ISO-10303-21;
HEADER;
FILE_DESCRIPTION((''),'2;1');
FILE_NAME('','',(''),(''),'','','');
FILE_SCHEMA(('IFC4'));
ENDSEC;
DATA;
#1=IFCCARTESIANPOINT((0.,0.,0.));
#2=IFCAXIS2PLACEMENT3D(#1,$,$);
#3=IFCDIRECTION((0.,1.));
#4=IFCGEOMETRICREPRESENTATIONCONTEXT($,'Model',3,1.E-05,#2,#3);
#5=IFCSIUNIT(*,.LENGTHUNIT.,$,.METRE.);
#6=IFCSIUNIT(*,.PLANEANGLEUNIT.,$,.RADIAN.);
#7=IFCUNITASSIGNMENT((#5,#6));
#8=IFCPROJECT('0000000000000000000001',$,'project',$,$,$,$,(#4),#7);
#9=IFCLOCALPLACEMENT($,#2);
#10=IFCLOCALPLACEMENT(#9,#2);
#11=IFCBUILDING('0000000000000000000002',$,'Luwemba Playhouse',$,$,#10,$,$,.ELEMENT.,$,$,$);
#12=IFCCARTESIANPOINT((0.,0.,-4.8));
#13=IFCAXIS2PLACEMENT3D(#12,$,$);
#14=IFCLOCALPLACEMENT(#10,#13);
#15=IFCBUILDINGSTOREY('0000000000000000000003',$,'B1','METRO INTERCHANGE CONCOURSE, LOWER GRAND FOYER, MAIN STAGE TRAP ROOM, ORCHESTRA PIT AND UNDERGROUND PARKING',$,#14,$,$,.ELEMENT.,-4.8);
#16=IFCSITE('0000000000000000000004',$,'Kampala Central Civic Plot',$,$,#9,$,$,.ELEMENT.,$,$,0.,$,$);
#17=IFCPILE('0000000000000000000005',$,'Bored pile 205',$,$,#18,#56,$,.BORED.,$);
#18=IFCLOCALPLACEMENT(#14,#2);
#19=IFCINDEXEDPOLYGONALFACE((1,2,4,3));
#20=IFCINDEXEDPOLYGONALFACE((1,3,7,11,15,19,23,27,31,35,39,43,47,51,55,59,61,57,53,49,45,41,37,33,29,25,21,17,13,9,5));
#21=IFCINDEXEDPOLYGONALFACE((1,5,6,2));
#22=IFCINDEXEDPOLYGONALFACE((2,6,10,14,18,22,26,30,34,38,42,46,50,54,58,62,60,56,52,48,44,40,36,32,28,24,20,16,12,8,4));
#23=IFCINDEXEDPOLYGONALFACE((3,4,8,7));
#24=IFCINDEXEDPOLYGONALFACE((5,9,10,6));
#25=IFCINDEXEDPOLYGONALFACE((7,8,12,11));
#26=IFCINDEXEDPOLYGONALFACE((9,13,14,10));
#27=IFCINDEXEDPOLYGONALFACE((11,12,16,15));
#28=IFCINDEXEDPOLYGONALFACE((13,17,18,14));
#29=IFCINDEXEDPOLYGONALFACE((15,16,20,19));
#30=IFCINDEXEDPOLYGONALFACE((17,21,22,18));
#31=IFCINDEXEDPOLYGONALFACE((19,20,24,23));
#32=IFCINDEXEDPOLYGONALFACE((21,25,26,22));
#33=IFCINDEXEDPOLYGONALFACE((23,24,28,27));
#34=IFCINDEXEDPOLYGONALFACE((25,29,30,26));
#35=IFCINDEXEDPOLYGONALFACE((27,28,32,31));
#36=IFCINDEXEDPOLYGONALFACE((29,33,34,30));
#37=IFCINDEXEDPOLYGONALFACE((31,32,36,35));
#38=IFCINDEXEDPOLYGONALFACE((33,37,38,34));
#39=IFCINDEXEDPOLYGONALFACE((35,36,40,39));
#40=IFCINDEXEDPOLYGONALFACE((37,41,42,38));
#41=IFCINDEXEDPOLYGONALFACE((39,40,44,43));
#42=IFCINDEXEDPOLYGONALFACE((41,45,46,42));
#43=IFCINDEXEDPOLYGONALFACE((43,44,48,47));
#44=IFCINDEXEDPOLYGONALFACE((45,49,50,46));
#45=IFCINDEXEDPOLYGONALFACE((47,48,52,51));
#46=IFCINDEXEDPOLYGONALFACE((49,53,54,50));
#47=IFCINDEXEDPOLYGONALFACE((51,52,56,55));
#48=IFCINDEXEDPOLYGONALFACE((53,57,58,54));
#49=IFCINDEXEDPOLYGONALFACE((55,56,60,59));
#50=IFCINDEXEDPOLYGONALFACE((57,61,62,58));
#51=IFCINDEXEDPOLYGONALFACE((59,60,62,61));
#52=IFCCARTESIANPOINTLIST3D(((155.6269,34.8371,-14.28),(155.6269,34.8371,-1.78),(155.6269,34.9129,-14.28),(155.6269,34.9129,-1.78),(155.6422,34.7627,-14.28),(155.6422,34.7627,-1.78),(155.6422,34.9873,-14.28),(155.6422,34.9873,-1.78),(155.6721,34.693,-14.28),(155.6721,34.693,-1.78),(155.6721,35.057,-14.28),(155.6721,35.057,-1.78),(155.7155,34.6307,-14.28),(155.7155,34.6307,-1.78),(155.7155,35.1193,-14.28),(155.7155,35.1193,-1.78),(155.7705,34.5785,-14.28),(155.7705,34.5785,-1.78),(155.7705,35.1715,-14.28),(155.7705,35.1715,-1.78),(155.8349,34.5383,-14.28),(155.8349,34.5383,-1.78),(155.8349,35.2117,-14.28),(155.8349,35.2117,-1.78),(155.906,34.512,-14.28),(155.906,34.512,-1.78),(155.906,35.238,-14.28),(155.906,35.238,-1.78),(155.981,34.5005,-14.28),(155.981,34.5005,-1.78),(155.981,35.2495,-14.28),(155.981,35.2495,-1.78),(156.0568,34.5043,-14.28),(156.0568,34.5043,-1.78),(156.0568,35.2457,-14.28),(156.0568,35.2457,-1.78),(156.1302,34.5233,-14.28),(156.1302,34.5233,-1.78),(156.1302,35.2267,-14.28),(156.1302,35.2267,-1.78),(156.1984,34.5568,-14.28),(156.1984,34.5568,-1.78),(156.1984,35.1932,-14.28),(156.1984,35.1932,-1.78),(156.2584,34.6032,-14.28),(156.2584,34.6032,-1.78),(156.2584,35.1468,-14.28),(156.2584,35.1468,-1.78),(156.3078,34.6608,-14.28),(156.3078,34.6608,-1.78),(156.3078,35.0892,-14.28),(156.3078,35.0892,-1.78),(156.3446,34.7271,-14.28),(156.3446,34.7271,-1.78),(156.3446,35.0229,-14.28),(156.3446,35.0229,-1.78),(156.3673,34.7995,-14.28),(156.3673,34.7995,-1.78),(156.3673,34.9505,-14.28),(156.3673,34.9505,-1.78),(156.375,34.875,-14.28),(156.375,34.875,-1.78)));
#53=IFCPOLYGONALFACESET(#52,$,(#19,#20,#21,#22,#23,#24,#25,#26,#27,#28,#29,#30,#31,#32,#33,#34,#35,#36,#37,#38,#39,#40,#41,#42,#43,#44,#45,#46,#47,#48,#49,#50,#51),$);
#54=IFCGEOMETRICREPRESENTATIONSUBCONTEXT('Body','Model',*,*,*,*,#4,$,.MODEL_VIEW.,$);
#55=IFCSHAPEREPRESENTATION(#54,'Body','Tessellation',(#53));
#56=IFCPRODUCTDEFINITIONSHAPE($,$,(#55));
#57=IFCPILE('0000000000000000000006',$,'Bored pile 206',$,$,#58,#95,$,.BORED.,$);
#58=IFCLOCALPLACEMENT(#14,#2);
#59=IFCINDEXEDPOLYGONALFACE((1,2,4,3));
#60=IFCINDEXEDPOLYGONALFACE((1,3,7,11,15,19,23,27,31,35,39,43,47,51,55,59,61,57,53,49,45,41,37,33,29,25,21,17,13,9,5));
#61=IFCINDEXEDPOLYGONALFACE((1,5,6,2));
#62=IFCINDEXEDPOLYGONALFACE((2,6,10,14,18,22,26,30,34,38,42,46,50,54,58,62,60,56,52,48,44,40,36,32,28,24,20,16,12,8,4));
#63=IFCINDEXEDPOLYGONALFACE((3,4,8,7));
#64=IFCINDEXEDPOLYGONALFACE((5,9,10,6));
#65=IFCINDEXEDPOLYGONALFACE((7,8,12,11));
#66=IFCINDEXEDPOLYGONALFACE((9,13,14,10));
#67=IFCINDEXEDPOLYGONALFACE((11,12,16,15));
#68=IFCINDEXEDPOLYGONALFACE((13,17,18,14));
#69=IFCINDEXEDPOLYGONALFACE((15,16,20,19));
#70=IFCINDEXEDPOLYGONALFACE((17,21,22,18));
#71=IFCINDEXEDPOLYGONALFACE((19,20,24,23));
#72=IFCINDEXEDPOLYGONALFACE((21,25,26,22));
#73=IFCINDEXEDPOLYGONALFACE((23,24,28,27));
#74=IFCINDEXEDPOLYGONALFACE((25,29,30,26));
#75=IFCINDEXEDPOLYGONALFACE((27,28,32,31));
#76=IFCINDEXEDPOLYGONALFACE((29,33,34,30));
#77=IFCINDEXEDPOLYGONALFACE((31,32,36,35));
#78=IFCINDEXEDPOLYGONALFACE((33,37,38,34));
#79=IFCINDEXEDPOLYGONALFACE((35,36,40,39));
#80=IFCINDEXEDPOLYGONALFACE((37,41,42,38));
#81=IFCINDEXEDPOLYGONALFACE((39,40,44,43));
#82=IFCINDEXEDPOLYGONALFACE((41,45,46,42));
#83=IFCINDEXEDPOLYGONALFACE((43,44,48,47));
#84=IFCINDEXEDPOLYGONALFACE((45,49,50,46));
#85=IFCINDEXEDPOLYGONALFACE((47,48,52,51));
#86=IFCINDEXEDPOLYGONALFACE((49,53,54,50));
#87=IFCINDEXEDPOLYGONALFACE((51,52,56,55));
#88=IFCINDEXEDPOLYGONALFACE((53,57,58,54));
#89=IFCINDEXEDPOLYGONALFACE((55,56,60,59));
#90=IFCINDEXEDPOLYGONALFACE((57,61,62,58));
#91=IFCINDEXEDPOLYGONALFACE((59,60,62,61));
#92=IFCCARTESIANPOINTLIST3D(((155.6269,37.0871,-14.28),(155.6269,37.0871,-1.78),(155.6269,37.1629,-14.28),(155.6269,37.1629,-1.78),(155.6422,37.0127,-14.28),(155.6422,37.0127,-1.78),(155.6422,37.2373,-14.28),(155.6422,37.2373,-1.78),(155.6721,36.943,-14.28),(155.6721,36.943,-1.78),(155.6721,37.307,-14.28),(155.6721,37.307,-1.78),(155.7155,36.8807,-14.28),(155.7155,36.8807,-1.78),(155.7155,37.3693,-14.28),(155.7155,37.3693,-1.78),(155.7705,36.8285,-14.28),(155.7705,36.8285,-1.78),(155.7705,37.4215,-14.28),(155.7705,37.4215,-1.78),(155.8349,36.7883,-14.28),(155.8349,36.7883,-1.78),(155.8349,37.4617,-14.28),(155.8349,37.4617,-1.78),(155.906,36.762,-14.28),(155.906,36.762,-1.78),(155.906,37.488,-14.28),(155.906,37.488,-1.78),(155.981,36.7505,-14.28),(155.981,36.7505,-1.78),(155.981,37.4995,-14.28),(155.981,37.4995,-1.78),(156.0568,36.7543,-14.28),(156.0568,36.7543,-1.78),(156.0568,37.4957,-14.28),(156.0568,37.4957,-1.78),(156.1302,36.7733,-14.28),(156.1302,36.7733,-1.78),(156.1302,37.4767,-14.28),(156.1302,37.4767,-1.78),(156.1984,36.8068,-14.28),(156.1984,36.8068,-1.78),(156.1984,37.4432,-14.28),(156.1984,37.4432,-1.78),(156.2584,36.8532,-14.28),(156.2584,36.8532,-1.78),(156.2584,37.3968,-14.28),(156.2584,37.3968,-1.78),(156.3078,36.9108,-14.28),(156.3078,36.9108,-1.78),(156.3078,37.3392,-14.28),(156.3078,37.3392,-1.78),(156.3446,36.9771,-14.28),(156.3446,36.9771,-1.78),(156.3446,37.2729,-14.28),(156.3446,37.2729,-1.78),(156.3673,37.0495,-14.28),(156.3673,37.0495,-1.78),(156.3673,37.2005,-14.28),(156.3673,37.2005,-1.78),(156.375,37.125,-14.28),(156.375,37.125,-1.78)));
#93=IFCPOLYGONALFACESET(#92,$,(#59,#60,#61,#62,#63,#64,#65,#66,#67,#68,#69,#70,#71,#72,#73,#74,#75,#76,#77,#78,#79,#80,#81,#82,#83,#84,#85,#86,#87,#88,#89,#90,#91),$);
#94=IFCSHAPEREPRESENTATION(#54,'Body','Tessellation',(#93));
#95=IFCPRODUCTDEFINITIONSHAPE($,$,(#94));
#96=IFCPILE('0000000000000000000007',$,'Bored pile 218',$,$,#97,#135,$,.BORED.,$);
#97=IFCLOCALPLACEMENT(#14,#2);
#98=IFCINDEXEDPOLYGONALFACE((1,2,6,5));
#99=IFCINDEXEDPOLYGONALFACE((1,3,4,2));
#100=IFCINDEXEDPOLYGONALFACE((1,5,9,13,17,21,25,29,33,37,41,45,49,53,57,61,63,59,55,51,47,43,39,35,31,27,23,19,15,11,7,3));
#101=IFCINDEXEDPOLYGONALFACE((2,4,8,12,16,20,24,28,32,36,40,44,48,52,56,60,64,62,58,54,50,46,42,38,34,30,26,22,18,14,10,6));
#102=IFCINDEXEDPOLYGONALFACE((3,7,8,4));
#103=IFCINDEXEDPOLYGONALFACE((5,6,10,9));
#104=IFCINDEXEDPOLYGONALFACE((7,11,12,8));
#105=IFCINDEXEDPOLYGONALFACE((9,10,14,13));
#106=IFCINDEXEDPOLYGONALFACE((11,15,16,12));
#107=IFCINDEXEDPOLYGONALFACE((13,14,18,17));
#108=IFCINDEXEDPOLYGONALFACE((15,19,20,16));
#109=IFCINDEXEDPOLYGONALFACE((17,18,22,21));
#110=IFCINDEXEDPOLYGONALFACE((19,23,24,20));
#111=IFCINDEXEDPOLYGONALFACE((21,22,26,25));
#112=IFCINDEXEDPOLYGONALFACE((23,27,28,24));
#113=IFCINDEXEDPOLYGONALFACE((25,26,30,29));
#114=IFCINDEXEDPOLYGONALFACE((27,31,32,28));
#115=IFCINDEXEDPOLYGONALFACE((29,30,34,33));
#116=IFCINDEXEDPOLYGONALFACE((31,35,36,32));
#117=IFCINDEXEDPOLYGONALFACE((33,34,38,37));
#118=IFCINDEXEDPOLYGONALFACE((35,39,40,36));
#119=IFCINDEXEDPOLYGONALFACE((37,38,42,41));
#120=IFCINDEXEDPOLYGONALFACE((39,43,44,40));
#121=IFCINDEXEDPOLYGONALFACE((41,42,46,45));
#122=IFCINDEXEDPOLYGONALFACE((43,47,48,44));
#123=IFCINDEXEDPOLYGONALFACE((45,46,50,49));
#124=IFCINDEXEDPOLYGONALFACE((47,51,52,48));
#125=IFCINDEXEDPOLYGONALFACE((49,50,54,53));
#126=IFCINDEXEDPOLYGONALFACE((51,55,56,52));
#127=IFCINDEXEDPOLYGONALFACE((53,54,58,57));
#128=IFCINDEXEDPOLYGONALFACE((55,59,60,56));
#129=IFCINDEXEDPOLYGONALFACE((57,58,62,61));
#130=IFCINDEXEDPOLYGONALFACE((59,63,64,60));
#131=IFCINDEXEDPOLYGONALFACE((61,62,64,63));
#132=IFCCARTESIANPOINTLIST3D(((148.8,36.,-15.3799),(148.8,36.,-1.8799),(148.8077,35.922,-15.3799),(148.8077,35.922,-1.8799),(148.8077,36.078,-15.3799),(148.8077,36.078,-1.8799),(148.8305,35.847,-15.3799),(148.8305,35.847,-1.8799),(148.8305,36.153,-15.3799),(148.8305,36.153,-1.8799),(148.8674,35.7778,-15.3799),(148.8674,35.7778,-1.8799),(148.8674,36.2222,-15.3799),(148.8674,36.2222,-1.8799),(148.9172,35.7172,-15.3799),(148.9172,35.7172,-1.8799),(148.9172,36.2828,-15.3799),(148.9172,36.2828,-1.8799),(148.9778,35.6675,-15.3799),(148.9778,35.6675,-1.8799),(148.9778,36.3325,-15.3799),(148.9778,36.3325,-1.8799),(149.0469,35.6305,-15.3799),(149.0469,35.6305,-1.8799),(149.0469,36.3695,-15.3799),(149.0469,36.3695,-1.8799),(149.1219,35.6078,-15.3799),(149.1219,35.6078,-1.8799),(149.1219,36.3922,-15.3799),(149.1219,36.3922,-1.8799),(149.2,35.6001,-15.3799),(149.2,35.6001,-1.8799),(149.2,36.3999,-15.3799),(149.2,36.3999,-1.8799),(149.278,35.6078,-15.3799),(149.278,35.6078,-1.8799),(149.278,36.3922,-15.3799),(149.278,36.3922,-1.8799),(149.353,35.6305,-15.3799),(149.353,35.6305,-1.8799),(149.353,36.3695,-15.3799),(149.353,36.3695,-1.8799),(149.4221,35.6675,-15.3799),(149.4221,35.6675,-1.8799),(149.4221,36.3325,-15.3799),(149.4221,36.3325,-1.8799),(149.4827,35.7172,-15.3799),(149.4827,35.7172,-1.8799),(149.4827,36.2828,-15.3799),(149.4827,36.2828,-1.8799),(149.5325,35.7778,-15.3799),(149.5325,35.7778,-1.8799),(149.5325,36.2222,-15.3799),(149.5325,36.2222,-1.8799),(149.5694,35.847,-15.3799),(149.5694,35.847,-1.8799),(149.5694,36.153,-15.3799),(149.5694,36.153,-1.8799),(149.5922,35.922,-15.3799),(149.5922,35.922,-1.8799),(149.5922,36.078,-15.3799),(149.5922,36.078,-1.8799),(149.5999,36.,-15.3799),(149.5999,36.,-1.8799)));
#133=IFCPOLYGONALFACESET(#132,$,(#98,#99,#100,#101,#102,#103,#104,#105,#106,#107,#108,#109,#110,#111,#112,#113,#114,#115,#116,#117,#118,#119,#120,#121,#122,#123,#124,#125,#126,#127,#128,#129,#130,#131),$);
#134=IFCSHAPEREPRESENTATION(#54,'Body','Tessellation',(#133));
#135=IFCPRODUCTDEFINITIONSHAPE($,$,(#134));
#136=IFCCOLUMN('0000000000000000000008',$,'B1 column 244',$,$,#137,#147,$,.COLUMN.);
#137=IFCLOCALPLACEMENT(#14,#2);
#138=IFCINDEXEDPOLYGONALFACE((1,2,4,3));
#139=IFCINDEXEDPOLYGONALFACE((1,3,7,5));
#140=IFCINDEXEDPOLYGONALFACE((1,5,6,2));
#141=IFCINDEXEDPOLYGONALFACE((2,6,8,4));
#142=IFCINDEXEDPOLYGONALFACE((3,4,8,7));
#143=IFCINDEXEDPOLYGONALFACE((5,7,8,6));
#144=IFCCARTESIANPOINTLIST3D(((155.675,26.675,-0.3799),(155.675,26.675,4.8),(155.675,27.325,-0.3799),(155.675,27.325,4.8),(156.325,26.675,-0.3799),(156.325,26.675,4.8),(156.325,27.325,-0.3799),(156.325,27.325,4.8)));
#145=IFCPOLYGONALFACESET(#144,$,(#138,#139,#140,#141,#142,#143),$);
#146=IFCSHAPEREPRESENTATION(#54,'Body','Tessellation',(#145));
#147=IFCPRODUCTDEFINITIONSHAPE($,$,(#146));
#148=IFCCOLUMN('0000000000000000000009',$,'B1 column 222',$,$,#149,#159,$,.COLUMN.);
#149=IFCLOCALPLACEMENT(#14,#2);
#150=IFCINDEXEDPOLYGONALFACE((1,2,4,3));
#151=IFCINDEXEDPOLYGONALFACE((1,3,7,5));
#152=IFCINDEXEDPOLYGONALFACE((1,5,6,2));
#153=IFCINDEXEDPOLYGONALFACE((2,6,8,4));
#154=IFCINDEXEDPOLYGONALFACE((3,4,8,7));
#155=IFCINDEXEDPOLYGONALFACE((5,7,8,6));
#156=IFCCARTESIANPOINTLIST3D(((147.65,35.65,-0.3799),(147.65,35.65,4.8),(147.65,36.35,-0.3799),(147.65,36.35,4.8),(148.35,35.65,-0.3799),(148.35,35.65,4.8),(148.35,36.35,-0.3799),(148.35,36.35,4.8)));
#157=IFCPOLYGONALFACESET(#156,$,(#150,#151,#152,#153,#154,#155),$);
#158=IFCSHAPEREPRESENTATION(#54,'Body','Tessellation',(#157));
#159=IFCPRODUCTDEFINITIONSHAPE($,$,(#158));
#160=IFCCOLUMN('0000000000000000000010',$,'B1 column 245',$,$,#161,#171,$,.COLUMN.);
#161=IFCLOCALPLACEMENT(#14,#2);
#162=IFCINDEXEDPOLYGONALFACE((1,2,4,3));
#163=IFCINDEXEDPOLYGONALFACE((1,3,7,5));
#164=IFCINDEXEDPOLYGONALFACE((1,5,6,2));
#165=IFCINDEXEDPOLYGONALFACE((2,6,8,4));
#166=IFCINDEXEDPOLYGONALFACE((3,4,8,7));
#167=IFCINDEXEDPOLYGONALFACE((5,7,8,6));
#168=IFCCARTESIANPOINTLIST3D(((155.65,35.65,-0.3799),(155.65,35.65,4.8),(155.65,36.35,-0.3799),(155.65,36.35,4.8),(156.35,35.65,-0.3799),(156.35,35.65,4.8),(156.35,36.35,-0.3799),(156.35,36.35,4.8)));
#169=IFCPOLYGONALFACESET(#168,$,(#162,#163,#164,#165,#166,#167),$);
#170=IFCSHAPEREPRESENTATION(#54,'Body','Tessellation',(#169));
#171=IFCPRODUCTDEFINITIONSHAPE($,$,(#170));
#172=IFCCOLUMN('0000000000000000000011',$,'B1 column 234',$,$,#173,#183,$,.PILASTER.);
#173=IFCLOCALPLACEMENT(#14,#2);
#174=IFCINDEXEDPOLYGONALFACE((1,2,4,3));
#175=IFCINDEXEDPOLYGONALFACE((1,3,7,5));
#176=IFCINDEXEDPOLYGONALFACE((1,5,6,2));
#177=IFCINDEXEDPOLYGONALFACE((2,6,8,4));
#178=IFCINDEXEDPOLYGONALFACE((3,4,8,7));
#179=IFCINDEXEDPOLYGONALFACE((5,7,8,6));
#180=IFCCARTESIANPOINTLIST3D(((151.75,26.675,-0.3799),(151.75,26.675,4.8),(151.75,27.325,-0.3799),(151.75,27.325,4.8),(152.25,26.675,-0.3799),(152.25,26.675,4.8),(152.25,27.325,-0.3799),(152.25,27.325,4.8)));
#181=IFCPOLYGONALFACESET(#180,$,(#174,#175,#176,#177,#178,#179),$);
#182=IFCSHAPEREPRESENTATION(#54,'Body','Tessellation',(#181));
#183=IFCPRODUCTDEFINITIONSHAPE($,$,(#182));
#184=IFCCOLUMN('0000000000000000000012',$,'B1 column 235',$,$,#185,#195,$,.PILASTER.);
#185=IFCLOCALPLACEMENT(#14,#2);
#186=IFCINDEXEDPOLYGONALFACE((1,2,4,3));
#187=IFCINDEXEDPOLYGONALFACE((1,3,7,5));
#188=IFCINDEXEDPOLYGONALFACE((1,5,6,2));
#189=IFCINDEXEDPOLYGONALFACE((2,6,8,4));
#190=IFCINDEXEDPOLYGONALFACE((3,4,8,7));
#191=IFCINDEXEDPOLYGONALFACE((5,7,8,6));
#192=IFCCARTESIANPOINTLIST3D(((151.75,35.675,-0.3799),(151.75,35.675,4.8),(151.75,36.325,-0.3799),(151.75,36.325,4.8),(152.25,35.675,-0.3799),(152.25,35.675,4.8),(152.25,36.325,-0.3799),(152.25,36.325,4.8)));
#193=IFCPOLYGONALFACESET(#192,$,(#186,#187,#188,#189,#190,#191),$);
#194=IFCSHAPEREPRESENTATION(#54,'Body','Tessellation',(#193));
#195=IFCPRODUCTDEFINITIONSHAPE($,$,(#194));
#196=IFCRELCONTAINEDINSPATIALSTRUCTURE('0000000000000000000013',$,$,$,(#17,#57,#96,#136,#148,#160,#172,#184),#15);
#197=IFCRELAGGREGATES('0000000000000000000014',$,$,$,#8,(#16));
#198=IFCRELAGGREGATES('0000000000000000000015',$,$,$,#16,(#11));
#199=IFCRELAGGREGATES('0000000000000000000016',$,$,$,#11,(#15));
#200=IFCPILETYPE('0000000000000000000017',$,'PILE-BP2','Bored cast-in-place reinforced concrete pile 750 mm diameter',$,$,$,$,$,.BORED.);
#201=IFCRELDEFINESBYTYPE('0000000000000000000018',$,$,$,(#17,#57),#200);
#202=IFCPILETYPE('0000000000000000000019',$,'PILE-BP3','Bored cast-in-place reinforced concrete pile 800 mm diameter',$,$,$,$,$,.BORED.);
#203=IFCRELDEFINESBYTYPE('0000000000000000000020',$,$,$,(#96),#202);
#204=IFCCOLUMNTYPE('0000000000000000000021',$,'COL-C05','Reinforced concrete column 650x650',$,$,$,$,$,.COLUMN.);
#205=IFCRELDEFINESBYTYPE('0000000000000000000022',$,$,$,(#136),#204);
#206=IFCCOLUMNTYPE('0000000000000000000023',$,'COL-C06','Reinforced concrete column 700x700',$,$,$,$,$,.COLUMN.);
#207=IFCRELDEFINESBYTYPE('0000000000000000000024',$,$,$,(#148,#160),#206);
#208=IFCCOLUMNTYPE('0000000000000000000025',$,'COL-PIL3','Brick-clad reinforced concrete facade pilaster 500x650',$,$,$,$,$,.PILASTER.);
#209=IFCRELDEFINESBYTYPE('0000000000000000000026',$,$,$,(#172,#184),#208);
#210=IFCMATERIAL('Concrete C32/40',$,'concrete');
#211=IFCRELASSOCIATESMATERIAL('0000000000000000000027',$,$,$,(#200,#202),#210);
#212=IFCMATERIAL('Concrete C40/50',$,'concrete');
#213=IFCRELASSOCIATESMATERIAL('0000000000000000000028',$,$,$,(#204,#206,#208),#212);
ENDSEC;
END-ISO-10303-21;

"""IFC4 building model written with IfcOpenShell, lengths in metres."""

from ifc_helpers import new_model, si_unit, direction, frame, origin, origin_2d, place, context, subcontext, project, spatial, rectangle, circle, extrude, material, material_profile, profile_set, type_object, element, save


model = new_model("IFC4")

# Units and contexts
model_context = context("Model", 3, precision=1e-05, world=origin(), true_north=direction((0.0, 1.0)))
body_context = subcontext(model_context, "Body", "Model", "MODEL_VIEW")
ifc_project = project(units=[si_unit("LENGTHUNIT", "METRE"), si_unit("PLANEANGLEUNIT", "RADIAN")], contexts=[model_context])

# Site, building, storey
site_placement = place(None, origin())
site = spatial("IfcSite", under=ifc_project, at=site_placement, Name="Kampala Central Civic Plot", CompositionType="ELEMENT", RefElevation=0.0)
building_placement = place(site_placement, origin())
building = spatial("IfcBuilding", under=site, at=building_placement, Name="Luwemba Playhouse", CompositionType="ELEMENT")
storey_placement = place(building_placement, frame((0.0, 0.0, -4.8)))
storey = spatial("IfcBuildingStorey", under=building, at=storey_placement, Name="B1", Description="METRO INTERCHANGE CONCOURSE, LOWER GRAND FOYER, MAIN STAGE TRAP ROOM, ORCHESTRA PIT AND UNDERGROUND PARKING", CompositionType="ELEMENT", Elevation=-4.8)

# Shared definitions
ifc_material_1 = material(Name="Concrete C32/40", Category="concrete")

# Piles
ifc_material_profile_1 = material_profile(ifc_material_1, circle(Radius=0.375, at=origin_2d()))
ifc_profile_set_1 = profile_set([ifc_material_profile_1], Name="Concrete C32/40")
pile_type_1 = type_object("IfcPileType", Name="PILE-BP2", Description="Bored cast-in-place reinforced concrete pile 750 mm diameter", PredefinedType="BORED", material=ifc_profile_set_1)
for number, where, z_axis, x_axis, name in (
    (1, (156.0, 34.875, -1.78), (0.0, 0.0, -1.0), (1.0, 0.0, 0.0), "Bored pile 205"),
    (2, (156.0, 37.125, -1.78), (0.0, 0.0, -1.0), (1.0, 0.0, 0.0), "Bored pile 206"),
):
    element("IfcPile", number, at=place(storey_placement, frame(where, z_axis=z_axis, x_axis=x_axis)), inside=storey, type_object=pile_type_1, Name=name, PredefinedType="BORED", context=body_context, shape_type="SweptSolid", body=[
        extrude(circle(Radius=0.375, at=origin_2d()), origin(), (0.0, 0.0, 1.0), 12.5),
    ])
ifc_material_profile_2 = material_profile(ifc_material_1, circle(Radius=0.3999, at=origin_2d()))
ifc_profile_set_2 = profile_set([ifc_material_profile_2], Name="Concrete C32/40")
pile_type_2 = type_object("IfcPileType", Name="PILE-BP3", Description="Bored cast-in-place reinforced concrete pile 800 mm diameter", PredefinedType="BORED", material=ifc_profile_set_2)
pile_1_placement = place(storey_placement, frame((149.2, 36.0, -1.8799), z_axis=(0.0, 0.0, -1.0), x_axis=(1.0, 0.0, 0.0)))
element("IfcPile", 3, at=pile_1_placement, inside=storey, type_object=pile_type_2, Name="Bored pile 218", PredefinedType="BORED", context=body_context, shape_type="SweptSolid", body=[
    extrude(circle(Radius=0.3999, at=origin_2d()), origin(), (0.0, 0.0, 1.0), 13.5),
])

# Columns
ifc_material_2 = material(Name="Concrete C40/50", Category="concrete")
ifc_material_profile_3 = material_profile(ifc_material_2, rectangle(XDim=0.6499, YDim=0.6499, at=origin_2d()))
ifc_profile_set_3 = profile_set([ifc_material_profile_3], Name="Concrete C40/50")
column_type_1 = type_object("IfcColumnType", Name="COL-C05", Description="Reinforced concrete column 650x650", PredefinedType="COLUMN", material=ifc_profile_set_3)
column_placement = place(storey_placement, frame((156.0, 27.0, -0.3799), z_axis=(0.0, 0.0, 1.0), x_axis=(1.0, 0.0, 0.0)))
element("IfcColumn", 4, at=column_placement, inside=storey, type_object=column_type_1, Name="B1 column 244", PredefinedType="COLUMN", context=body_context, shape_type="SweptSolid", body=[
    extrude(rectangle(XDim=0.6499, YDim=0.6499, at=origin_2d()), origin(), (0.0, 0.0, 1.0), 5.1799),
])
ifc_material_profile_4 = material_profile(ifc_material_2, rectangle(XDim=0.7, YDim=0.7, at=origin_2d()))
ifc_profile_set_4 = profile_set([ifc_material_profile_4], Name="Concrete C40/50")
column_type_2 = type_object("IfcColumnType", Name="COL-C06", Description="Reinforced concrete column 700x700", PredefinedType="COLUMN", material=ifc_profile_set_4)
for number, where, z_axis, x_axis, name in (
    (5, (148.0, 36.0, -0.3799), (0.0, 0.0, 1.0), (1.0, 0.0, 0.0), "B1 column 222"),
    (6, (156.0, 36.0, -0.3799), (0.0, 0.0, 1.0), (1.0, 0.0, 0.0), "B1 column 245"),
):
    element("IfcColumn", number, at=place(storey_placement, frame(where, z_axis=z_axis, x_axis=x_axis)), inside=storey, type_object=column_type_2, Name=name, PredefinedType="COLUMN", context=body_context, shape_type="SweptSolid", body=[
        extrude(rectangle(XDim=0.7, YDim=0.7, at=origin_2d()), origin(), (0.0, 0.0, 1.0), 5.1799),
    ])
ifc_material_profile_5 = material_profile(ifc_material_2, rectangle(XDim=0.5, YDim=0.6499, at=origin_2d()))
ifc_profile_set_5 = profile_set([ifc_material_profile_5], Name="Concrete C40/50")
column_type_3 = type_object("IfcColumnType", Name="COL-PIL3", Description="Brick-clad reinforced concrete facade pilaster 500x650", PredefinedType="PILASTER", material=ifc_profile_set_5)
for number, where, z_axis, x_axis, name in (
    (7, (152.0, 27.0, -0.3799), (0.0, 0.0, 1.0), (1.0, 0.0, 0.0), "B1 column 234"),
    (8, (152.0, 36.0, -0.3799), (0.0, 0.0, 1.0), (1.0, 0.0, 0.0), "B1 column 235"),
):
    element("IfcColumn", number, at=place(storey_placement, frame(where, z_axis=z_axis, x_axis=x_axis)), inside=storey, type_object=column_type_3, Name=name, PredefinedType="PILASTER", context=body_context, shape_type="SweptSolid", body=[
        extrude(rectangle(XDim=0.5, YDim=0.6499, at=origin_2d()), origin(), (0.0, 0.0, 1.0), 5.1799),
    ])

save(model, "model.ifc")
